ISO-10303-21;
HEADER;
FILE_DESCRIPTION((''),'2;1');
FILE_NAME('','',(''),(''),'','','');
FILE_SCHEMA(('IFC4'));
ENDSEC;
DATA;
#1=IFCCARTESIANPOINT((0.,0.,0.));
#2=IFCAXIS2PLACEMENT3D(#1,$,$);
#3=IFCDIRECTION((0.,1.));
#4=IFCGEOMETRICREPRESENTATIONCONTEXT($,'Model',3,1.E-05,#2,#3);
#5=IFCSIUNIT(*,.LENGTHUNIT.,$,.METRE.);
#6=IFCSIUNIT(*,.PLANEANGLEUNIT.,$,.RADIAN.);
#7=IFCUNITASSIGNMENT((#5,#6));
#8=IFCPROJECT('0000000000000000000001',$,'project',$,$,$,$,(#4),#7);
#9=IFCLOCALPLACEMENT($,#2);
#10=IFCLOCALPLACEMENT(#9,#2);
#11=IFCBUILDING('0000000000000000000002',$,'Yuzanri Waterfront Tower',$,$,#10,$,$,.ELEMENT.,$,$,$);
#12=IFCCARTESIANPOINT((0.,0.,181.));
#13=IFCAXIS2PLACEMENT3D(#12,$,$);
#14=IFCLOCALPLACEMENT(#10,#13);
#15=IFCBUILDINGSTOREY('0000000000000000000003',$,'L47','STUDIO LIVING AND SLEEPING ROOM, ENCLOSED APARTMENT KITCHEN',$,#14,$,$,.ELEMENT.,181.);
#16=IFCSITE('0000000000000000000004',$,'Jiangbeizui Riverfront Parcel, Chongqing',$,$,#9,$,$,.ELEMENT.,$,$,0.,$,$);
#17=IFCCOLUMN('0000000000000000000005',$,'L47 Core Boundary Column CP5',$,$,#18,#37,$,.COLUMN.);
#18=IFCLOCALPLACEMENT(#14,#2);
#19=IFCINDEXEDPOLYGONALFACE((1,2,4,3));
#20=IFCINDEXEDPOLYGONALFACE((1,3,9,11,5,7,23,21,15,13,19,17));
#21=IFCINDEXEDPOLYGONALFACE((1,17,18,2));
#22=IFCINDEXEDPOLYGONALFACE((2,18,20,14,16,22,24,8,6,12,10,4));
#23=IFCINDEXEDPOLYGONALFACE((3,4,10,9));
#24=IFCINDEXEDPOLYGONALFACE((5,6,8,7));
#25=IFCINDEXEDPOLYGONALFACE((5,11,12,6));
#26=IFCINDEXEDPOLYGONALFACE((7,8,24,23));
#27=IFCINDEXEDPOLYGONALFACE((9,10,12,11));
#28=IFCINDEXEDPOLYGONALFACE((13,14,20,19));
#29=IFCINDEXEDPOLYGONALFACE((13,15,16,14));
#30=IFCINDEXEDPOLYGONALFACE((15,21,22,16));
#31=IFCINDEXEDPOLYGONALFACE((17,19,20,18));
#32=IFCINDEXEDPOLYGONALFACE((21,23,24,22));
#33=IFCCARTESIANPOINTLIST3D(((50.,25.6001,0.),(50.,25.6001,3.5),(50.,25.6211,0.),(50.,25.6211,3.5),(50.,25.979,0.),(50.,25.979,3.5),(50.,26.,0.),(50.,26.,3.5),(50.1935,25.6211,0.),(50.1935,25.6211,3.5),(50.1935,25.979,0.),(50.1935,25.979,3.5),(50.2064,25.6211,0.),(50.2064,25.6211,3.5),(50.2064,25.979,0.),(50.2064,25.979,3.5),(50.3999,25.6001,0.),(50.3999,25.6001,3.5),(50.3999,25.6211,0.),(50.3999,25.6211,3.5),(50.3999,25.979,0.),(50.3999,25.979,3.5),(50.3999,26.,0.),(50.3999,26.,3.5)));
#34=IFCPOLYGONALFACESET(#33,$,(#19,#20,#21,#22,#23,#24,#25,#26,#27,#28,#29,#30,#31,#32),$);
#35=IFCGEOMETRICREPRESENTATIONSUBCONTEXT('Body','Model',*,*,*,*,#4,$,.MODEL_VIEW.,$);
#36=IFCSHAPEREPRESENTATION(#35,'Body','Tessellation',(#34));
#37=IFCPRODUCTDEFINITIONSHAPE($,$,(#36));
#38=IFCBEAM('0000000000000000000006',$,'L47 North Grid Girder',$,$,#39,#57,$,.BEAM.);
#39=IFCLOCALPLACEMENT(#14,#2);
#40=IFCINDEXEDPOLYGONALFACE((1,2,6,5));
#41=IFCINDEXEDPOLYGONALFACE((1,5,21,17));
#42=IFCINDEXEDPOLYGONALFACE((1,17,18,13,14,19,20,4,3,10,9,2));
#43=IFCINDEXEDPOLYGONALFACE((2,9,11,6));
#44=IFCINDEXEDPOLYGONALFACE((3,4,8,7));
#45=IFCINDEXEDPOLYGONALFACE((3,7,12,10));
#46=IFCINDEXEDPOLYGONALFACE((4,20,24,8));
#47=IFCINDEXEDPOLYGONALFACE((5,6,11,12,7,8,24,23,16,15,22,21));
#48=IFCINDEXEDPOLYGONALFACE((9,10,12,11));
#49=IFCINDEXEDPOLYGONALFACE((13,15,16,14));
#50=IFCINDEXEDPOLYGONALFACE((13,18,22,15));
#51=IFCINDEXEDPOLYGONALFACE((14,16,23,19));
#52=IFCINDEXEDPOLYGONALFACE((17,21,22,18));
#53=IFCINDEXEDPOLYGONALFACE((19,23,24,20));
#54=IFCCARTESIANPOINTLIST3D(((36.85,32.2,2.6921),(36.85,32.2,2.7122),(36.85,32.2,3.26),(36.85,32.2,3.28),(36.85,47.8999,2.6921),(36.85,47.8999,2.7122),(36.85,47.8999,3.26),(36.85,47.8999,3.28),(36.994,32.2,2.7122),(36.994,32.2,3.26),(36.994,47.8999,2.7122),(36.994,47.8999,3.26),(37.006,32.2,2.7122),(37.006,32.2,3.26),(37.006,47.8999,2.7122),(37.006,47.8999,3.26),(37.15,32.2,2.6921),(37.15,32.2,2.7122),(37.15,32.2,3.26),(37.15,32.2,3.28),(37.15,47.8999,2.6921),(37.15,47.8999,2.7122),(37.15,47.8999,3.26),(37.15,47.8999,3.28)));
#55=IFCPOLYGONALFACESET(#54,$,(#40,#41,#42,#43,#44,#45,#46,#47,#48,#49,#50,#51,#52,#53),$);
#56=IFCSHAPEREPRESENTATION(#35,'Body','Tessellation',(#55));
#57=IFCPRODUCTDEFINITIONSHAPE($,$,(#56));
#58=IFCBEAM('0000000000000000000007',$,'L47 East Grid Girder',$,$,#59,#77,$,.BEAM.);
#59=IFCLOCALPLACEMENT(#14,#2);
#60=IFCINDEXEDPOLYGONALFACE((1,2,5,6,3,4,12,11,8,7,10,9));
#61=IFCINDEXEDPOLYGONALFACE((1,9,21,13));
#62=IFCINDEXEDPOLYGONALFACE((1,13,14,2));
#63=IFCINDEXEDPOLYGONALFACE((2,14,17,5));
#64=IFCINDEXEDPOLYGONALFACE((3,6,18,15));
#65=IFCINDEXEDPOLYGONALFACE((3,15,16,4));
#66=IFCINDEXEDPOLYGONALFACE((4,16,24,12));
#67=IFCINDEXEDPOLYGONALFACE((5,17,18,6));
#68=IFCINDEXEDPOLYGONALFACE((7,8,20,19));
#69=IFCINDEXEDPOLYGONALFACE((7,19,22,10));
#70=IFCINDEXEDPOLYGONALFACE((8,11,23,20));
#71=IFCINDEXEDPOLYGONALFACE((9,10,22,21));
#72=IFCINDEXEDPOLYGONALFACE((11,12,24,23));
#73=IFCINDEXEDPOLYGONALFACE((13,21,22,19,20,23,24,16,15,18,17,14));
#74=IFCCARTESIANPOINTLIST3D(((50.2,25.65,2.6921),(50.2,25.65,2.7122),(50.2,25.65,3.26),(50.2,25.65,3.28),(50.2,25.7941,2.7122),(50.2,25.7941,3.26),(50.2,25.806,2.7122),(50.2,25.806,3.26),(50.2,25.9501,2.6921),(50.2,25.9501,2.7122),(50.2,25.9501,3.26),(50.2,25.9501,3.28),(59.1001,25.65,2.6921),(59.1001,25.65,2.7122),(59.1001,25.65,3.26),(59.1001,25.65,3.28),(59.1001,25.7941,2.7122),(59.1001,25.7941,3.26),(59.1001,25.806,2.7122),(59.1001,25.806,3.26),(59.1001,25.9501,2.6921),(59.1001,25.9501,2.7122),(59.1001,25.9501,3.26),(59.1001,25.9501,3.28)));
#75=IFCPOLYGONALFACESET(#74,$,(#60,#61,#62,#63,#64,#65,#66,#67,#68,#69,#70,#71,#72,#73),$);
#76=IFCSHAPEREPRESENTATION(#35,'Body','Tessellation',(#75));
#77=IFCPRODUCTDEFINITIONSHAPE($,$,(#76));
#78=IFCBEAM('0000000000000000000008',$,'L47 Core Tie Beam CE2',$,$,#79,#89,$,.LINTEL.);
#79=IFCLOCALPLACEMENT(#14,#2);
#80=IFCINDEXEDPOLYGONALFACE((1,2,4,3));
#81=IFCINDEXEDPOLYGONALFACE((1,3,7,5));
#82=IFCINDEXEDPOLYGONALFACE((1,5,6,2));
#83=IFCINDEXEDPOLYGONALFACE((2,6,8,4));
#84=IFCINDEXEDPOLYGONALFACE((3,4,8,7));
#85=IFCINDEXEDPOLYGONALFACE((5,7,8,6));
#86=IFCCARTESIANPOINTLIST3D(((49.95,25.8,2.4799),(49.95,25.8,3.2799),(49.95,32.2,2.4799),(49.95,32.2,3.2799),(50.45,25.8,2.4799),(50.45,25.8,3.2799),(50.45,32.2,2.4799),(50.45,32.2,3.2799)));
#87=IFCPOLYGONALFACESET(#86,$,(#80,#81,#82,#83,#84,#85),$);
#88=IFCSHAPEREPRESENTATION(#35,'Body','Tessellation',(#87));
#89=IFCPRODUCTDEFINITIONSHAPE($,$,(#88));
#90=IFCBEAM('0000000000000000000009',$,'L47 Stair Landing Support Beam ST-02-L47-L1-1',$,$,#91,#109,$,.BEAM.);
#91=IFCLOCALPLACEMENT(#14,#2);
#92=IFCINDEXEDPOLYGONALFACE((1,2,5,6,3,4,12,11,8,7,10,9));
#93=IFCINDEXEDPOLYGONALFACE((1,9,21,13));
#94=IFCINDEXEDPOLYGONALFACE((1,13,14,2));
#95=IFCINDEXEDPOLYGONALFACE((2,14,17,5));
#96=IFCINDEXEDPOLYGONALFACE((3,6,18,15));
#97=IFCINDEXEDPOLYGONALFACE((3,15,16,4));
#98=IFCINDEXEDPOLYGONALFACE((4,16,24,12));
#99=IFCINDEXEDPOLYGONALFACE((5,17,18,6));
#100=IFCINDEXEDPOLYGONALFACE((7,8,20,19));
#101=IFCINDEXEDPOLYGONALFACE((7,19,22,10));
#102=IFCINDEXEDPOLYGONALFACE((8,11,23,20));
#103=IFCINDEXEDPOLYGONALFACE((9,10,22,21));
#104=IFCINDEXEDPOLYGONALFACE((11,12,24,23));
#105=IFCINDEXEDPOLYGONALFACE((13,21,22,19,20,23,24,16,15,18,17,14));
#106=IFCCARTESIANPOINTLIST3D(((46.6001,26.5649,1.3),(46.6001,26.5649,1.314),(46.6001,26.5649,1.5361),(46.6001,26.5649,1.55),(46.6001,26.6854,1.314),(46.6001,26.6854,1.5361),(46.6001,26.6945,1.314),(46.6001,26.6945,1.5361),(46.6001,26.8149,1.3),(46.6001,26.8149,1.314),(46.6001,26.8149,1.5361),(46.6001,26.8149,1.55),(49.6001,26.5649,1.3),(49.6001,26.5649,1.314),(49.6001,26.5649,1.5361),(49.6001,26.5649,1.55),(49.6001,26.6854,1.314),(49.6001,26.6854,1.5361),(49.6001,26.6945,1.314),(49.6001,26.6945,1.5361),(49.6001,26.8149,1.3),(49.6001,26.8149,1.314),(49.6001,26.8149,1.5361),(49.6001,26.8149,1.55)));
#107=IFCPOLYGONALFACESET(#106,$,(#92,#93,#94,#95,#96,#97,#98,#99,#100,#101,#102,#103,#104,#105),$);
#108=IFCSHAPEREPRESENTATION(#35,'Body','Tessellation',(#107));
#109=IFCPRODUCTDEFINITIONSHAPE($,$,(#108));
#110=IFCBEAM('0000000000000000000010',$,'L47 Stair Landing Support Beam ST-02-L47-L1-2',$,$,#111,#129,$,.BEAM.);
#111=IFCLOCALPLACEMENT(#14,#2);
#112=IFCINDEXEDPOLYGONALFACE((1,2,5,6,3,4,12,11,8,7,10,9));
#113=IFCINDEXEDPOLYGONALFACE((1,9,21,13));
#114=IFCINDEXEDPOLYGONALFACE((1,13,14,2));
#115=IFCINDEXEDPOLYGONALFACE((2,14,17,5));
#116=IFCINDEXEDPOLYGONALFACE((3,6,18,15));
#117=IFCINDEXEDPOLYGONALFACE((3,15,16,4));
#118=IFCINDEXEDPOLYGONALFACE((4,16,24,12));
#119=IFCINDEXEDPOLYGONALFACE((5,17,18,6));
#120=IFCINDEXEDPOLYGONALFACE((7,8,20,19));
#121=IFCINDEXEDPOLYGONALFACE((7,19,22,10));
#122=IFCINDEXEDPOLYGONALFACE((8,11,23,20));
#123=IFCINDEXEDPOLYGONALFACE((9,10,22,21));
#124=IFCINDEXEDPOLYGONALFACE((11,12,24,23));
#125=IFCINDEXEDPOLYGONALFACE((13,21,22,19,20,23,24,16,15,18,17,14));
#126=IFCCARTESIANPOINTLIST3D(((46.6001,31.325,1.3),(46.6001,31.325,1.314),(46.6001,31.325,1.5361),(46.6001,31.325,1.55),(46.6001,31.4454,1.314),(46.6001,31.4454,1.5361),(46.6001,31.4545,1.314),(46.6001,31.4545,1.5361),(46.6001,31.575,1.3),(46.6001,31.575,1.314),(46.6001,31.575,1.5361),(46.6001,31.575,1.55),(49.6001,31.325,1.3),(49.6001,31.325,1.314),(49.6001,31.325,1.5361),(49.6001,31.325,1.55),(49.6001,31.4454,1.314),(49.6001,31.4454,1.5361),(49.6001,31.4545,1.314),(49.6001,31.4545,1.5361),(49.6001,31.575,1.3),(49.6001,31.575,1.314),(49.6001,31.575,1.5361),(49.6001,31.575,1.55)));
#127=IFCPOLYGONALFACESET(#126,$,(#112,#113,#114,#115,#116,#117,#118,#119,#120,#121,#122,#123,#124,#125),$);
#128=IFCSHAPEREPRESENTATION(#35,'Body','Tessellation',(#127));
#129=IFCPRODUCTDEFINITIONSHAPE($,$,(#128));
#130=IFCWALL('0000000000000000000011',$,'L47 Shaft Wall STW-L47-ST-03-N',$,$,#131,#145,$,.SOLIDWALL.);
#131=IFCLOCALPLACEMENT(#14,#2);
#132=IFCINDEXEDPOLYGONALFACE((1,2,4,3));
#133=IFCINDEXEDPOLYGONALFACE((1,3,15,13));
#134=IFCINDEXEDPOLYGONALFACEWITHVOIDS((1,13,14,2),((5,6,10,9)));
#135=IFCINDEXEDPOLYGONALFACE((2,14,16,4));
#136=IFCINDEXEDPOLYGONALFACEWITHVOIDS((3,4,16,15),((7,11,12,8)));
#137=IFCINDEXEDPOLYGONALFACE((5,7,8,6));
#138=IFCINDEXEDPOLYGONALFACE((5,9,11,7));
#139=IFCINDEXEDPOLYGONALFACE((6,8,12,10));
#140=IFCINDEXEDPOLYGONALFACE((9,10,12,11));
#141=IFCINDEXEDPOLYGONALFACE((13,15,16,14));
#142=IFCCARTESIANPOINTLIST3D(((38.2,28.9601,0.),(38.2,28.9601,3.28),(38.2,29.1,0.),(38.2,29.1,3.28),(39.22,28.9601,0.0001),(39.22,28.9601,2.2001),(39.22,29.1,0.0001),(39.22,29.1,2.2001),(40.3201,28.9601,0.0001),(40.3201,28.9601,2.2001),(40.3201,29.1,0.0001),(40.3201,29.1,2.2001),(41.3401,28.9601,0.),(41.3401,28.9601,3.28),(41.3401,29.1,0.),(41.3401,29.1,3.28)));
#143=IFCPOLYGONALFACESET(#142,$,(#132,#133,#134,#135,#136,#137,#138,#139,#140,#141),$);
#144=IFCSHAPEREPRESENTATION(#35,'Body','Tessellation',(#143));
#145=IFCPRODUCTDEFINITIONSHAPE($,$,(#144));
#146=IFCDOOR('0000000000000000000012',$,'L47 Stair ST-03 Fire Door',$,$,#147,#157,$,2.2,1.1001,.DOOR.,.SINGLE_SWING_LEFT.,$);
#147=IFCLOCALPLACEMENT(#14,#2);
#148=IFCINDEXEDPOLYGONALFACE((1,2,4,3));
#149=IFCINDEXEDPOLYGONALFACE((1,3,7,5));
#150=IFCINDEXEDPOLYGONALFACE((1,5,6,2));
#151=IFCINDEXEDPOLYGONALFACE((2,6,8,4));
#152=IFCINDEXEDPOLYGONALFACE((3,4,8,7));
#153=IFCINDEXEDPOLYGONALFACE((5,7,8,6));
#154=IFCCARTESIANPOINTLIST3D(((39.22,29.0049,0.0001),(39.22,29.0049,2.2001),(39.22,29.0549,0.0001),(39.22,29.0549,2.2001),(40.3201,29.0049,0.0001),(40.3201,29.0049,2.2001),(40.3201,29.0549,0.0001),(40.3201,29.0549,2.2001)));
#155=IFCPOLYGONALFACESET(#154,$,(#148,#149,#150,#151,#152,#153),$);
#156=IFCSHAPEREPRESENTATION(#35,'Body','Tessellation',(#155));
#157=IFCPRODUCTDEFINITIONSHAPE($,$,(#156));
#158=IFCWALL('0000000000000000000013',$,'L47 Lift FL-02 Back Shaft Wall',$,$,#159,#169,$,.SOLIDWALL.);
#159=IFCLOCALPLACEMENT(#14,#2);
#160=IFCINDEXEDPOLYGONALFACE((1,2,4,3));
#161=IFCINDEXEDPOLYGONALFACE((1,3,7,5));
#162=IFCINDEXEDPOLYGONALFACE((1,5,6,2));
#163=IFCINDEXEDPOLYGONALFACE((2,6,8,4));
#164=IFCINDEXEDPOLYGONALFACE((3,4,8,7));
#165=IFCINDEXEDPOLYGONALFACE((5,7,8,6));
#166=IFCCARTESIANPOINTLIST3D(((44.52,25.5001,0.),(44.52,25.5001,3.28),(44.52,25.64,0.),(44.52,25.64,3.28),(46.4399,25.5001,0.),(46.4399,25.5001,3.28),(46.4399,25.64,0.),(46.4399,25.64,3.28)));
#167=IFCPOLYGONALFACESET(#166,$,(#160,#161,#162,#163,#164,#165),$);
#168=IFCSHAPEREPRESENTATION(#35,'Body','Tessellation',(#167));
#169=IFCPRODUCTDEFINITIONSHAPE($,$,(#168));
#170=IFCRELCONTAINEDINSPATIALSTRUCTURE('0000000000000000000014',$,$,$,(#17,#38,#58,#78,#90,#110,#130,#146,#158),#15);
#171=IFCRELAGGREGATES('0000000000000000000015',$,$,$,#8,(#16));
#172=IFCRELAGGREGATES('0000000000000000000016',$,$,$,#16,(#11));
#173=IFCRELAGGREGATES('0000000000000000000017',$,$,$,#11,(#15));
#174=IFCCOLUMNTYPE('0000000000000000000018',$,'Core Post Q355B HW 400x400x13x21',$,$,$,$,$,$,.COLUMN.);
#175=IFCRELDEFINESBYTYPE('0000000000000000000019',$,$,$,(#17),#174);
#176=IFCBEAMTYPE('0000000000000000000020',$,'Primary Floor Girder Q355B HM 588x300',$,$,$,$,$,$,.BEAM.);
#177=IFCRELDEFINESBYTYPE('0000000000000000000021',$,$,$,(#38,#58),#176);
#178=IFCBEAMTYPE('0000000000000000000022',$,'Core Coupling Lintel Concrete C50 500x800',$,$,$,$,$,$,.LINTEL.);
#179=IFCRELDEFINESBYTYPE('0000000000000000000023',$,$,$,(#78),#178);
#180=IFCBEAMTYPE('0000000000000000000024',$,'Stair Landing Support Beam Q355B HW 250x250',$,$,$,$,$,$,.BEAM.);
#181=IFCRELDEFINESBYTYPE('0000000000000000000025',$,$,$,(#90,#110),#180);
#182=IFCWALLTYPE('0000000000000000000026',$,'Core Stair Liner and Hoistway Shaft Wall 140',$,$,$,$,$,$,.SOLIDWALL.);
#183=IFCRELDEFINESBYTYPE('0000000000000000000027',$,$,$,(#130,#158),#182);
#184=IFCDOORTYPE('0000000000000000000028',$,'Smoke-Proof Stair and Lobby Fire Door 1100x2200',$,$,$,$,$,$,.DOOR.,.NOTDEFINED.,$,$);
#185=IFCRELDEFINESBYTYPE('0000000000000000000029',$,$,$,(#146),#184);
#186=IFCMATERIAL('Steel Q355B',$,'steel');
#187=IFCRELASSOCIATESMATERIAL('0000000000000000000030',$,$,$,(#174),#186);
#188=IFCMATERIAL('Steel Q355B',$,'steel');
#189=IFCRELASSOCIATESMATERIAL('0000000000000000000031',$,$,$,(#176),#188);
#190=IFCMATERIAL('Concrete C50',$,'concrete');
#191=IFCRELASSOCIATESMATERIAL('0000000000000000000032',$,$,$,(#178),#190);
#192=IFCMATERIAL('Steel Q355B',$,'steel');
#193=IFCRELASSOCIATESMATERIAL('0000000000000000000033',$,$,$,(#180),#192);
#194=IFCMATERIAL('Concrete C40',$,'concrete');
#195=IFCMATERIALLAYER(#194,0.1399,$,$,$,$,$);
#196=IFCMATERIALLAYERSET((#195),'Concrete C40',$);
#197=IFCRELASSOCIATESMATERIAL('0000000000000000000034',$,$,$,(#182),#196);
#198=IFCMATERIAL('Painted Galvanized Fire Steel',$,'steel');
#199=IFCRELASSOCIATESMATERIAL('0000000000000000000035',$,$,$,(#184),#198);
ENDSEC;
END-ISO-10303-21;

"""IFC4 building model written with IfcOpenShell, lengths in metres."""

from ifc_helpers import new_model, si_unit, direction, frame, frame_2d, origin, origin_2d, place, context, subcontext, project, spatial, rectangle, i_section, extrude, source, transform, mapped, material, layer, layer_set, material_profile, profile_set, type_object, element, fill, save


model = new_model("IFC4")

# Units and contexts
model_context = context("Model", 3, precision=1e-05, world=origin(), true_north=direction((0.0, 1.0)))
body_context = subcontext(model_context, "Body", "Model", "MODEL_VIEW")
ifc_project = project(units=[si_unit("LENGTHUNIT", "METRE"), si_unit("PLANEANGLEUNIT", "RADIAN")], contexts=[model_context])

# Site, building, storey
site_placement = place(None, origin())
site = spatial("IfcSite", under=ifc_project, at=site_placement, Name="Jiangbeizui Riverfront Parcel, Chongqing", CompositionType="ELEMENT", RefElevation=0.0)
building_placement = place(site_placement, origin())
building = spatial("IfcBuilding", under=site, at=building_placement, Name="Yuzanri Waterfront Tower", CompositionType="ELEMENT")
storey_placement = place(building_placement, frame((0.0, 0.0, 181.0)))
storey = spatial("IfcBuildingStorey", under=building, at=storey_placement, Name="L47", Description="STUDIO LIVING AND SLEEPING ROOM, ENCLOSED APARTMENT KITCHEN", CompositionType="ELEMENT", Elevation=181.0)

# Column
ifc_material_1 = material(Name="Steel Q355B", Category="steel")
ifc_material_profile_1 = material_profile(ifc_material_1, i_section(OverallWidth=0.3999, OverallDepth=0.3999, WebThickness=0.0129, FlangeThickness=0.021, at=origin_2d()), Name="HW 400x400x13x21")
ifc_profile_set_1 = profile_set([ifc_material_profile_1], Name="Steel Q355B")
column_type = type_object("IfcColumnType", Name="Core Post Q355B HW 400x400x13x21", PredefinedType="COLUMN", material=ifc_profile_set_1)
shared_shape_1 = source(origin(), body_context, "Body", "SweptSolid", [
    extrude(i_section(OverallWidth=0.3999, OverallDepth=0.3999, WebThickness=0.0129, FlangeThickness=0.021, at=origin_2d()), origin(), (0.0, 0.0, 1.0), 3.5),
])
column_placement = place(storey_placement, frame((50.2, 25.8, 0.0), z_axis=(0.0, 0.0, 1.0), x_axis=(1.0, 0.0, 0.0)))
element("IfcColumn", 1, at=column_placement, inside=storey, type_object=column_type, Name="L47 Core Boundary Column CP5", PredefinedType="COLUMN", context=body_context, shape_type="MappedRepresentation", body=[
    mapped(shared_shape_1, transform((0.0, 0.0, 0.0), scale=1.0)),
])

# Beams
ifc_material_2 = material(Name="Steel Q355B", Category="steel")
ifc_material_profile_2 = material_profile(ifc_material_2, i_section(OverallWidth=0.3, OverallDepth=0.5879, WebThickness=0.012, FlangeThickness=0.02, at=origin_2d()), Name="HM 588x300x12x20")
ifc_profile_set_2 = profile_set([ifc_material_profile_2], Name="Steel Q355B")
beam_type_1 = type_object("IfcBeamType", Name="Primary Floor Girder Q355B HM 588x300", PredefinedType="BEAM", material=ifc_profile_set_2)
shared_shape_2 = source(origin(), body_context, "Body", "SweptSolid", [
    extrude(i_section(OverallWidth=0.3, OverallDepth=0.5879, WebThickness=0.012, FlangeThickness=0.02, at=origin_2d()), origin(), (0.0, 0.0, 1.0), 15.7),
])
beam_1_placement = place(storey_placement, frame((37.0, 32.2, 2.9861), z_axis=(0.0, 1.0, 0.0), x_axis=(-1.0, 0.0, 0.0)))
element("IfcBeam", 2, at=beam_1_placement, inside=storey, type_object=beam_type_1, Name="L47 North Grid Girder", PredefinedType="BEAM", context=body_context, shape_type="MappedRepresentation", body=[
    mapped(shared_shape_2, transform((0.0, 0.0, 0.0), scale=1.0)),
])
shared_shape_3 = source(origin(), body_context, "Body", "SweptSolid", [
    extrude(i_section(OverallWidth=0.3, OverallDepth=0.5879, WebThickness=0.012, FlangeThickness=0.02, at=origin_2d()), origin(), (0.0, 0.0, 1.0), 8.9001),
])
beam_2_placement = place(storey_placement, frame((50.2, 25.8, 2.9861), z_axis=(1.0, 0.0, 0.0), x_axis=(0.0, 1.0, 0.0)))
element("IfcBeam", 3, at=beam_2_placement, inside=storey, type_object=beam_type_1, Name="L47 East Grid Girder", PredefinedType="BEAM", context=body_context, shape_type="MappedRepresentation", body=[
    mapped(shared_shape_3, transform((0.0, 0.0, 0.0), scale=1.0)),
])
ifc_material_3 = material(Name="Concrete C50", Category="concrete")
ifc_material_profile_3 = material_profile(ifc_material_3, rectangle(XDim=0.5, YDim=0.8, at=origin_2d()), Name="RC 500x800")
ifc_profile_set_3 = profile_set([ifc_material_profile_3], Name="Concrete C50")
beam_type_2 = type_object("IfcBeamType", Name="Core Coupling Lintel Concrete C50 500x800", PredefinedType="LINTEL", material=ifc_profile_set_3)
shared_shape_4 = source(origin(), body_context, "Body", "SweptSolid", [
    extrude(rectangle(XDim=0.5, YDim=0.8, at=origin_2d()), origin(), (0.0, 0.0, 1.0), 6.3999),
])
beam_3_placement = place(storey_placement, frame((50.2, 25.8, 2.8799), z_axis=(0.0, 1.0, 0.0), x_axis=(-1.0, 0.0, 0.0)))
element("IfcBeam", 4, at=beam_3_placement, inside=storey, type_object=beam_type_2, Name="L47 Core Tie Beam CE2", PredefinedType="LINTEL", context=body_context, shape_type="MappedRepresentation", body=[
    mapped(shared_shape_4, transform((0.0, 0.0, 0.0), scale=1.0)),
])
ifc_material_4 = material(Name="Steel Q355B", Category="steel")
ifc_material_profile_4 = material_profile(ifc_material_4, i_section(OverallWidth=0.25, OverallDepth=0.25, WebThickness=0.009, FlangeThickness=0.0139, at=origin_2d()), Name="HW 250x250x9x14")
ifc_profile_set_4 = profile_set([ifc_material_profile_4], Name="Steel Q355B")
beam_type_3 = type_object("IfcBeamType", Name="Stair Landing Support Beam Q355B HW 250x250", PredefinedType="BEAM", material=ifc_profile_set_4)
shared_shape_5 = source(origin(), body_context, "Body", "SweptSolid", [
    extrude(i_section(OverallWidth=0.25, OverallDepth=0.25, WebThickness=0.009, FlangeThickness=0.0139, at=origin_2d()), origin(), (0.0, 0.0, 1.0), 3.0),
])
for number, where, z_axis, x_axis, name in (
    (5, (46.6001, 26.6899, 1.425), (1.0, 0.0, 0.0), (0.0, 1.0, 0.0), "L47 Stair Landing Support Beam ST-02-L47-L1-1"),
    (6, (46.6001, 31.45, 1.425), (1.0, 0.0, 0.0), (0.0, 1.0, 0.0), "L47 Stair Landing Support Beam ST-02-L47-L1-2"),
):
    element("IfcBeam", number, at=place(storey_placement, frame(where, z_axis=z_axis, x_axis=x_axis)), inside=storey, type_object=beam_type_3, Name=name, PredefinedType="BEAM", context=body_context, shape_type="MappedRepresentation", body=[
        mapped(shared_shape_5, transform((0.0, 0.0, 0.0), scale=1.0)),
    ])

# Wall, opening, door
ifc_material_5 = material(Name="Concrete C40", Category="concrete")
ifc_layer_1 = layer(ifc_material_5, 0.1399)
ifc_layer_set_1 = layer_set([ifc_layer_1], Name="Concrete C40")
wall_type = type_object("IfcWallType", Name="Core Stair Liner and Hoistway Shaft Wall 140", PredefinedType="SOLIDWALL", material=ifc_layer_set_1)
wall_1_placement = place(storey_placement, frame((38.2, 29.03, 0.0), z_axis=(0.0, 0.0, 1.0), x_axis=(1.0, 0.0, 0.0)))
wall_1 = element("IfcWall", 7, at=wall_1_placement, inside=storey, type_object=wall_type, Name="L47 Shaft Wall STW-L47-ST-03-N", PredefinedType="SOLIDWALL", context=body_context, shape_type="SweptSolid", body=[
    extrude(rectangle(XDim=3.1401, YDim=0.1399, at=frame_2d((1.5701, 0.0))), origin(), (0.0, 0.0, 1.0), 3.28),
])
opening_placement = place(wall_1_placement, frame((1.02, 0.0, 0.0)))
opening = element("IfcOpeningElement", 8, at=opening_placement, cuts=wall_1, PredefinedType="OPENING", context=body_context, shape_type="SweptSolid", body=[
    extrude(rectangle(XDim=1.1001, YDim=2.2, at=frame_2d((0.55, 1.1001))), frame((0.0, 0.085, 0.0), z_axis=(0.0, -1.0, 0.0), x_axis=(1.0, 0.0, 0.0)), (0.0, 0.0, 1.0), 0.1697),
])
ifc_material_6 = material(Name="Painted Galvanized Fire Steel", Category="steel")
door_type = type_object("IfcDoorType", Name="Smoke-Proof Stair and Lobby Fire Door 1100x2200", OperationType="NOTDEFINED", PredefinedType="DOOR", material=ifc_material_6)
shared_shape_6 = source(origin(), body_context, "Body", "SweptSolid", [
    extrude(rectangle(XDim=1.1001, YDim=2.2, at=frame_2d((0.55, 1.1001))), frame((0.0, 0.0249, 0.0), z_axis=(0.0, -1.0, 0.0), x_axis=(1.0, 0.0, 0.0)), (0.0, 0.0, 1.0), 0.05),
])
door_placement = place(opening_placement, origin())
door = element("IfcDoor", 9, at=door_placement, inside=storey, type_object=door_type, Name="L47 Stair ST-03 Fire Door", OperationType="SINGLE_SWING_LEFT", OverallHeight=2.2, OverallWidth=1.1001, PredefinedType="DOOR", context=body_context, shape_type="MappedRepresentation", body=[
    mapped(shared_shape_6, transform((0.0, 0.0, 0.0), scale=1.0)),
])
fill(opening, door)

# Wall
shared_shape_7 = source(origin(), body_context, "Body", "SweptSolid", [
    extrude(rectangle(XDim=1.9199, YDim=0.1399, at=frame_2d((0.96, 0.0))), origin(), (0.0, 0.0, 1.0), 3.28),
])
wall_2_placement = place(storey_placement, frame((44.52, 25.5701, 0.0), z_axis=(0.0, 0.0, 1.0), x_axis=(1.0, 0.0, 0.0)))
element("IfcWall", 10, at=wall_2_placement, inside=storey, type_object=wall_type, Name="L47 Lift FL-02 Back Shaft Wall", PredefinedType="SOLIDWALL", context=body_context, shape_type="MappedRepresentation", body=[
    mapped(shared_shape_7, transform((0.0, 0.0, 0.0), scale=1.0)),
])

save(model, "model.ifc")
